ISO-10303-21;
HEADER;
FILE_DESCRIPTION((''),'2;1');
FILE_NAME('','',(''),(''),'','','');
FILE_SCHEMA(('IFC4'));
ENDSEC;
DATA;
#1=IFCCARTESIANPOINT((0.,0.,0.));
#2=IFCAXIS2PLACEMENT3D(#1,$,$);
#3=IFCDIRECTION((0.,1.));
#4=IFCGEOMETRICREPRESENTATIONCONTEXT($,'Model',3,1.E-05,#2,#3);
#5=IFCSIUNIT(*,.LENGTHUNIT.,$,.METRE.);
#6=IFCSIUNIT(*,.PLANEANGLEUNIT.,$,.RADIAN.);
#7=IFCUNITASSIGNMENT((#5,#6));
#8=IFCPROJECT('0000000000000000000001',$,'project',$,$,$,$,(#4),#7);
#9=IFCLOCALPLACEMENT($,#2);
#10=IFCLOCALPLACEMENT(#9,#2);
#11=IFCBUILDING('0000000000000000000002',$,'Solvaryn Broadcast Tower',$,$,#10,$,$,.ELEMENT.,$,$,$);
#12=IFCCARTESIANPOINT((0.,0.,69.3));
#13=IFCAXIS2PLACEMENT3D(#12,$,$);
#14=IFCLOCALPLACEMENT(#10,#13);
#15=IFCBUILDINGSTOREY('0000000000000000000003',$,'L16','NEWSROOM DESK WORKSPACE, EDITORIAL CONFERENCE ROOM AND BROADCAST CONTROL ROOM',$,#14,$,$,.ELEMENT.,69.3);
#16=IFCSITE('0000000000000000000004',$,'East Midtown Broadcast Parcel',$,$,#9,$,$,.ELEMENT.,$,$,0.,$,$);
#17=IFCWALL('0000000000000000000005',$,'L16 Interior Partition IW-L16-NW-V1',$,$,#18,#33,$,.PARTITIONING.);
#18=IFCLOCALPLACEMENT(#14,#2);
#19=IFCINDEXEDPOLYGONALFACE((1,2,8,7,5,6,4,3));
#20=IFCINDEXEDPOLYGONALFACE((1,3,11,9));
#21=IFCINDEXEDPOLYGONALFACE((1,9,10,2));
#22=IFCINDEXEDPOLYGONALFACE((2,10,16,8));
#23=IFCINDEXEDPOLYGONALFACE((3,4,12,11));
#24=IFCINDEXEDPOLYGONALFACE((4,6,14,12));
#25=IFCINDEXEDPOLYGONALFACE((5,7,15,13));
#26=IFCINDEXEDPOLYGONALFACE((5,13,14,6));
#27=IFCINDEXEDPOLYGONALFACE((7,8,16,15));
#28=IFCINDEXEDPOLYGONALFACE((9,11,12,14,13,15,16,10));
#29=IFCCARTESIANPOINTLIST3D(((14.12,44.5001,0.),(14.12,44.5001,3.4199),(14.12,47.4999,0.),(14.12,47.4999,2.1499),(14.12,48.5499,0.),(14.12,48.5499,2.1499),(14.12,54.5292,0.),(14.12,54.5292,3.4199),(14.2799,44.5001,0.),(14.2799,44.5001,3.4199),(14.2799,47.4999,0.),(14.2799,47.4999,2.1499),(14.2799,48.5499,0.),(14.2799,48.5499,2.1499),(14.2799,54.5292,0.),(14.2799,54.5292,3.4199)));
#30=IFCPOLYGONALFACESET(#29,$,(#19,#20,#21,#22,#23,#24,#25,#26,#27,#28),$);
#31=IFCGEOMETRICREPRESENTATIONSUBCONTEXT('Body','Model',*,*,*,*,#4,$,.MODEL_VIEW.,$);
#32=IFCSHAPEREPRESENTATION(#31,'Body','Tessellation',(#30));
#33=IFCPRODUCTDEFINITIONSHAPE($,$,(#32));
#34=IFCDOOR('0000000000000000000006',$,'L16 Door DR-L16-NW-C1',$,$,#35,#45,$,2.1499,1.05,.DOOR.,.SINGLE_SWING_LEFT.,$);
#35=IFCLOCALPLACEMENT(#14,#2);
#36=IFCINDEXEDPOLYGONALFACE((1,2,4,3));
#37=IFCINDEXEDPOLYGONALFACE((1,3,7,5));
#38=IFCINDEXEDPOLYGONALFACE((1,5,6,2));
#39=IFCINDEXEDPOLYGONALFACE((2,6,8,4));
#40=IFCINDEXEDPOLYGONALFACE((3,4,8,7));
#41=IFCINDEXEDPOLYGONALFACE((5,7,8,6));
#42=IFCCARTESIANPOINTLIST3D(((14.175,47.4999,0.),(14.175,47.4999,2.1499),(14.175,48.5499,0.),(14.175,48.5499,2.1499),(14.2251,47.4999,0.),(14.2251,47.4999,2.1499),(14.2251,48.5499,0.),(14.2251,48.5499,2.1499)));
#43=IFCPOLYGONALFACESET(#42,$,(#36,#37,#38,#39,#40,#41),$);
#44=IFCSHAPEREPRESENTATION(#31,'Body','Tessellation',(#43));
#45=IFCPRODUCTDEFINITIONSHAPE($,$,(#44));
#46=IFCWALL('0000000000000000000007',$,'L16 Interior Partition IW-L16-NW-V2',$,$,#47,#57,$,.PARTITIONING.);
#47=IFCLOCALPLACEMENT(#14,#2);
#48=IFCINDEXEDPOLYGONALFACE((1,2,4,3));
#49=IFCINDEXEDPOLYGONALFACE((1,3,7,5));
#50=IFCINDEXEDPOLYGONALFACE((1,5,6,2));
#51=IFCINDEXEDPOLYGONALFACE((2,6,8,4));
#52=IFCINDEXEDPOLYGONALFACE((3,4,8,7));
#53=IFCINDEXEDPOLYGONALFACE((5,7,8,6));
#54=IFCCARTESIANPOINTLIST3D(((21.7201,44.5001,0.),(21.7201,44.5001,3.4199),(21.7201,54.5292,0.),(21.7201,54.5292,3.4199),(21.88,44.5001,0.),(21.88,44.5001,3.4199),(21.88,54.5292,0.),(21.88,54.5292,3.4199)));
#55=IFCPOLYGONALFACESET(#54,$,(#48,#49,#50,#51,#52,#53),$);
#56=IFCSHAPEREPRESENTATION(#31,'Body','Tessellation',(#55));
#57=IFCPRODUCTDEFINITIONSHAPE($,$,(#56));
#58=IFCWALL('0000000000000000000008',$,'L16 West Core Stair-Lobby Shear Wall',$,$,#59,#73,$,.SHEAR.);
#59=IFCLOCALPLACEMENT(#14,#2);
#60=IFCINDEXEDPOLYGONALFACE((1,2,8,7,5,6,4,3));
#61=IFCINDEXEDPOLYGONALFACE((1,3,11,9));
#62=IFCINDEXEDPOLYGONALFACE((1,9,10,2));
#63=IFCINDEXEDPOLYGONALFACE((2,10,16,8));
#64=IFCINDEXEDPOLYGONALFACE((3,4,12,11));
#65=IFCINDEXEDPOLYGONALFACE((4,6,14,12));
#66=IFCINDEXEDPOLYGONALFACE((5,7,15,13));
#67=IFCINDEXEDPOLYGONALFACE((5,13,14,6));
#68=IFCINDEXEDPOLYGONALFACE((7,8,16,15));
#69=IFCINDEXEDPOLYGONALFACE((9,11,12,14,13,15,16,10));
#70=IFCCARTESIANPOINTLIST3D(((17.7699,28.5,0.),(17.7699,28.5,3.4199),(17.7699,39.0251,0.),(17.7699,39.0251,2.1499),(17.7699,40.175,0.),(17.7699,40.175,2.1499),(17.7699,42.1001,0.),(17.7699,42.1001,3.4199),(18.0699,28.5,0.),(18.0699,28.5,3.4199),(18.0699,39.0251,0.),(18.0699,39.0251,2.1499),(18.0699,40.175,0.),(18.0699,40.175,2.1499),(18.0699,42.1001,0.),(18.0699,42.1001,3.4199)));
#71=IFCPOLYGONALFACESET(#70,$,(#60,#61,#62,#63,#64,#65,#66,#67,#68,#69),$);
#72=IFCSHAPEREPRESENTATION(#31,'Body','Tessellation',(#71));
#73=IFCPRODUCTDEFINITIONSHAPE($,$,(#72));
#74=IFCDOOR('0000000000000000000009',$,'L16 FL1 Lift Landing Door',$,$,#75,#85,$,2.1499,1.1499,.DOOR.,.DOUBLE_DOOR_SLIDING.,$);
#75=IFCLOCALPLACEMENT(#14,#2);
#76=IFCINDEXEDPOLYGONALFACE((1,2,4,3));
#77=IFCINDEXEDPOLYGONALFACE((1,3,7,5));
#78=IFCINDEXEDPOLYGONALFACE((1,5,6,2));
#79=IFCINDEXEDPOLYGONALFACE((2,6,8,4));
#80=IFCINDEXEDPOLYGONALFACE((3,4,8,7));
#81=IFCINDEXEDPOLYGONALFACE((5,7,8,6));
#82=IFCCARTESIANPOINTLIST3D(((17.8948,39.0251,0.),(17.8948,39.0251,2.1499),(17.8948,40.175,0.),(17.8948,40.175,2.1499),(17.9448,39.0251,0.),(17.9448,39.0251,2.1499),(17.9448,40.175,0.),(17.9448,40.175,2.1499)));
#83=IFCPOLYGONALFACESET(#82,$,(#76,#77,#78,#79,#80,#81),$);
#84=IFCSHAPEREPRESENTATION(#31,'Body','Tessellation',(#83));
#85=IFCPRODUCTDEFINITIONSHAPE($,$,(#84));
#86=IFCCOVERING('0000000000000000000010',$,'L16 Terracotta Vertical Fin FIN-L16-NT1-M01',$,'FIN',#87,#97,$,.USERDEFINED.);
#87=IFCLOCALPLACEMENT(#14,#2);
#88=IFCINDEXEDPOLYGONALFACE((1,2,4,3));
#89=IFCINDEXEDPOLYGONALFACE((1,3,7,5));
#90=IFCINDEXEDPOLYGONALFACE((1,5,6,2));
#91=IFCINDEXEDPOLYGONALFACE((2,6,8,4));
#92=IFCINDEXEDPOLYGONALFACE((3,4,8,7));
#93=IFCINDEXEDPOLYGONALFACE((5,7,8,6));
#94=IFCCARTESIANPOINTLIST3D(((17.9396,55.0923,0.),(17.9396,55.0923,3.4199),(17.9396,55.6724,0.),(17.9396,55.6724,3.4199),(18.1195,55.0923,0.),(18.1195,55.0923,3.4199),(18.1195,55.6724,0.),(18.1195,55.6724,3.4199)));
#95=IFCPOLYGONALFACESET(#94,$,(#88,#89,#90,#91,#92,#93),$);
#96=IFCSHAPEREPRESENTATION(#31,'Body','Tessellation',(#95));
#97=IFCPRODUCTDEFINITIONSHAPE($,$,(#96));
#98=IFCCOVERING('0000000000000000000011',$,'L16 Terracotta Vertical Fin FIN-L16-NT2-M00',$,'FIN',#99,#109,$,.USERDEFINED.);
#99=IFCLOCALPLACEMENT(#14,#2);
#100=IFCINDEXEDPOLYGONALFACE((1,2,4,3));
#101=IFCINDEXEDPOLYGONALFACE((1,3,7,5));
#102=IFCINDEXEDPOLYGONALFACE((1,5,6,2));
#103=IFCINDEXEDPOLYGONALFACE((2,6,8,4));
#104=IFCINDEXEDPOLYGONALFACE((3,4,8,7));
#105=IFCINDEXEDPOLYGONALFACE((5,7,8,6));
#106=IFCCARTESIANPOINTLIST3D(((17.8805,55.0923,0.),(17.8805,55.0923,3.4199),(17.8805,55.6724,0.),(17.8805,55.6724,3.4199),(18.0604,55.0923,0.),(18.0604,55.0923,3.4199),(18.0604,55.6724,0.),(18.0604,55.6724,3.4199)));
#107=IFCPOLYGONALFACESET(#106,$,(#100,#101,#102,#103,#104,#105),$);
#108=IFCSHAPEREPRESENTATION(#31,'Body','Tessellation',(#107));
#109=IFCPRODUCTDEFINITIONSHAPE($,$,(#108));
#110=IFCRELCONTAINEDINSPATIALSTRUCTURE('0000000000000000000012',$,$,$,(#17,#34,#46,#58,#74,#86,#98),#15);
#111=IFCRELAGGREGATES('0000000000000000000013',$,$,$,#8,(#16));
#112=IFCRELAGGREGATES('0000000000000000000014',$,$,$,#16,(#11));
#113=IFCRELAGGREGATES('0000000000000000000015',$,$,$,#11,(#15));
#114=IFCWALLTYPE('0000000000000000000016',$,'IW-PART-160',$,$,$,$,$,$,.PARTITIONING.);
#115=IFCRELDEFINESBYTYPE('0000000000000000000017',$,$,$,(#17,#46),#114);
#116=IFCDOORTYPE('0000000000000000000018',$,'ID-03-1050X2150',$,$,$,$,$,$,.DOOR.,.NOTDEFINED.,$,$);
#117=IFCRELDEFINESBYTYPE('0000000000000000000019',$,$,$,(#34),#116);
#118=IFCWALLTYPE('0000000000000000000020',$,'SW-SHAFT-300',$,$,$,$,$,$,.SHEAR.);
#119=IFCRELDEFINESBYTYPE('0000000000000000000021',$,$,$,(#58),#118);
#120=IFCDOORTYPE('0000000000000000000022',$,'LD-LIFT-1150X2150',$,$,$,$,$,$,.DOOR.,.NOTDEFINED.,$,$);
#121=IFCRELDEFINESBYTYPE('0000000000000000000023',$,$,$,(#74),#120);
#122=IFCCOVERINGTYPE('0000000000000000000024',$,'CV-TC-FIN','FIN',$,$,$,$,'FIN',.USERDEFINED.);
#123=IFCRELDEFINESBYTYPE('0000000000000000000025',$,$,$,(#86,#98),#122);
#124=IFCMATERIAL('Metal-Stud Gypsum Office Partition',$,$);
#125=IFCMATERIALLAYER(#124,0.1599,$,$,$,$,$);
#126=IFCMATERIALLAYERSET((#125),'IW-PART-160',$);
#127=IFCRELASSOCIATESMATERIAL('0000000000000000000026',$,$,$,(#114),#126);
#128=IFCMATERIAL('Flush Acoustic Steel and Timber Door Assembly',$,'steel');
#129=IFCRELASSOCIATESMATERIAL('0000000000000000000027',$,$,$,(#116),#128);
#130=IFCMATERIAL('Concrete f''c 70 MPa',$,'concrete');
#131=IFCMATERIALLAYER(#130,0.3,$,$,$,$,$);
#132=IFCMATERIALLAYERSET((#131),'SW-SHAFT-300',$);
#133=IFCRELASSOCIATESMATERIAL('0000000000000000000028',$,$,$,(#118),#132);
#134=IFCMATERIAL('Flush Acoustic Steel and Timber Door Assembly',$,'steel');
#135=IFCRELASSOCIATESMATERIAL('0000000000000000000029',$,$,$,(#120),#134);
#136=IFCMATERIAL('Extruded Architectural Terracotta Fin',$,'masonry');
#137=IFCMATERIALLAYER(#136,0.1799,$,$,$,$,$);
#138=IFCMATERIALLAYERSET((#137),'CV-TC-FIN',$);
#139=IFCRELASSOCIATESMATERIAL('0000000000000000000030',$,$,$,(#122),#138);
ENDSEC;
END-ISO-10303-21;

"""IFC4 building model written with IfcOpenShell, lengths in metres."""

from ifc_helpers import new_model, si_unit, direction, frame, frame_2d, origin, origin_2d, place, context, subcontext, project, spatial, rectangle, extrude, material, layer, layer_set, type_object, element, fill, save


model = new_model("IFC4")

# Units and contexts
model_context = context("Model", 3, precision=1e-05, world=origin(), true_north=direction((0.0, 1.0)))
body_context = subcontext(model_context, "Body", "Model", "MODEL_VIEW")
ifc_project = project(units=[si_unit("LENGTHUNIT", "METRE"), si_unit("PLANEANGLEUNIT", "RADIAN")], contexts=[model_context])

# Site, building, storey
site_placement = place(None, origin())
site = spatial("IfcSite", under=ifc_project, at=site_placement, Name="East Midtown Broadcast Parcel", CompositionType="ELEMENT", RefElevation=0.0)
building_placement = place(site_placement, origin())
building = spatial("IfcBuilding", under=site, at=building_placement, Name="Solvaryn Broadcast Tower", CompositionType="ELEMENT")
storey_placement = place(building_placement, frame((0.0, 0.0, 69.3)))
storey = spatial("IfcBuildingStorey", under=building, at=storey_placement, Name="L16", Description="NEWSROOM DESK WORKSPACE, EDITORIAL CONFERENCE ROOM AND BROADCAST CONTROL ROOM", CompositionType="ELEMENT", Elevation=69.3)

# Shared definitions
ifc_material_1 = material(Name="Metal-Stud Gypsum Office Partition")
ifc_layer_1 = layer(ifc_material_1, 0.1599)
ifc_layer_set_1 = layer_set([ifc_layer_1], Name="IW-PART-160")
wall_type_1 = type_object("IfcWallType", Name="IW-PART-160", PredefinedType="PARTITIONING", material=ifc_layer_set_1)

# Wall, opening, door
wall_1_placement = place(storey_placement, frame((14.2, 44.5, 0.0), z_axis=(0.0, 0.0, 1.0), x_axis=(0.0, 1.0, 0.0)))
wall_1 = element("IfcWall", 1, at=wall_1_placement, inside=storey, type_object=wall_type_1, Name="L16 Interior Partition IW-L16-NW-V1", PredefinedType="PARTITIONING", context=body_context, shape_type="SweptSolid", body=[
    extrude(rectangle(XDim=10.0291, YDim=0.1599, at=frame_2d((5.0146, 0.0))), origin(), (0.0, 0.0, 1.0), 3.4199),
])
opening_1_placement = place(wall_1_placement, frame((3.0, 0.0, 0.0)))
opening_1 = element("IfcOpeningElement", 2, at=opening_1_placement, cuts=wall_1, PredefinedType="OPENING", context=body_context, shape_type="SweptSolid", body=[
    extrude(rectangle(XDim=1.05, YDim=2.1499, at=frame_2d((0.5249, 1.075))), frame((0.0, 0.0901, 0.0), z_axis=(0.0, -1.0, 0.0), x_axis=(1.0, 0.0, 0.0)), (0.0, 0.0, 1.0), 0.1799),
])
ifc_material_2 = material(Name="Flush Acoustic Steel and Timber Door Assembly", Category="steel")
door_type_1 = type_object("IfcDoorType", Name="ID-03-1050X2150", OperationType="NOTDEFINED", PredefinedType="DOOR", material=ifc_material_2)
door_1_placement = place(opening_1_placement, origin())
door_1 = element("IfcDoor", 3, at=door_1_placement, inside=storey, type_object=door_type_1, Name="L16 Door DR-L16-NW-C1", OperationType="SINGLE_SWING_LEFT", OverallHeight=2.1499, OverallWidth=1.05, PredefinedType="DOOR", context=body_context, shape_type="SweptSolid", body=[
    extrude(rectangle(XDim=1.05, YDim=2.1499, at=frame_2d((0.5249, 1.075))), frame((0.0, 0.0249, 0.0), z_axis=(0.0, -1.0, 0.0), x_axis=(1.0, 0.0, 0.0)), (0.0, 0.0, 1.0), 0.05),
])
fill(opening_1, door_1)

# Wall
wall_2_placement = place(storey_placement, frame((21.8, 44.5, 0.0), z_axis=(0.0, 0.0, 1.0), x_axis=(0.0, 1.0, 0.0)))
element("IfcWall", 4, at=wall_2_placement, inside=storey, type_object=wall_type_1, Name="L16 Interior Partition IW-L16-NW-V2", PredefinedType="PARTITIONING", context=body_context, shape_type="SweptSolid", body=[
    extrude(rectangle(XDim=10.0291, YDim=0.1599, at=frame_2d((5.0146, 0.0))), origin(), (0.0, 0.0, 1.0), 3.4199),
])

# Wall, opening, door
ifc_material_3 = material(Name="Concrete f'c 70 MPa", Category="concrete")
ifc_layer_2 = layer(ifc_material_3, 0.3)
ifc_layer_set_2 = layer_set([ifc_layer_2], Name="SW-SHAFT-300")
wall_type_2 = type_object("IfcWallType", Name="SW-SHAFT-300", PredefinedType="SHEAR", material=ifc_layer_set_2)
wall_3_placement = place(storey_placement, frame((17.9199, 42.1001, 0.0), z_axis=(0.0, 0.0, 1.0), x_axis=(0.0, -1.0, 0.0)))
wall_3 = element("IfcWall", 5, at=wall_3_placement, inside=storey, type_object=wall_type_2, Name="L16 West Core Stair-Lobby Shear Wall", PredefinedType="SHEAR", context=body_context, shape_type="SweptSolid", body=[
    extrude(rectangle(XDim=13.6001, YDim=0.3, at=frame_2d((6.8, 0.0))), origin(), (0.0, 0.0, 1.0), 3.4199),
])
opening_2_placement = place(wall_3_placement, frame((1.925, 0.0, 0.0)))
opening_2 = element("IfcOpeningElement", 6, at=opening_2_placement, cuts=wall_3, PredefinedType="OPENING", context=body_context, shape_type="SweptSolid", body=[
    extrude(rectangle(XDim=1.1499, YDim=2.1499, at=frame_2d((0.575, 1.075))), frame((0.0, 0.1599, 0.0), z_axis=(0.0, -1.0, 0.0), x_axis=(1.0, 0.0, 0.0)), (0.0, 0.0, 1.0), 0.3201),
])
ifc_material_4 = material(Name="Flush Acoustic Steel and Timber Door Assembly", Category="steel")
door_type_2 = type_object("IfcDoorType", Name="LD-LIFT-1150X2150", OperationType="NOTDEFINED", PredefinedType="DOOR", material=ifc_material_4)
door_2_placement = place(opening_2_placement, origin())
door_2 = element("IfcDoor", 7, at=door_2_placement, inside=storey, type_object=door_type_2, Name="L16 FL1 Lift Landing Door", OperationType="DOUBLE_DOOR_SLIDING", OverallHeight=2.1499, OverallWidth=1.1499, PredefinedType="DOOR", context=body_context, shape_type="SweptSolid", body=[
    extrude(rectangle(XDim=1.1499, YDim=2.1499, at=frame_2d((0.575, 1.075))), frame((0.0, 0.0249, 0.0), z_axis=(0.0, -1.0, 0.0), x_axis=(1.0, 0.0, 0.0)), (0.0, 0.0, 1.0), 0.05),
])
fill(opening_2, door_2)

# Coverings
ifc_material_5 = material(Name="Extruded Architectural Terracotta Fin", Category="masonry")
ifc_layer_3 = layer(ifc_material_5, 0.1799)
ifc_layer_set_3 = layer_set([ifc_layer_3], Name="CV-TC-FIN")
covering_type = type_object("IfcCoveringType", Name="CV-TC-FIN", Description="FIN", ElementType="FIN", PredefinedType="USERDEFINED", material=ifc_layer_set_3)
for number, where, z_axis, x_axis, name in (
    (8, (18.0295, 55.3823, 0.0), (0.0, 0.0, 1.0), (1.0, 0.0, 0.0), "L16 Terracotta Vertical Fin FIN-L16-NT1-M01"),
    (9, (17.9705, 55.3823, 0.0), (0.0, 0.0, 1.0), (1.0, 0.0, 0.0), "L16 Terracotta Vertical Fin FIN-L16-NT2-M00"),
):
    element("IfcCovering", number, at=place(storey_placement, frame(where, z_axis=z_axis, x_axis=x_axis)), inside=storey, type_object=covering_type, Name=name, ObjectType="FIN", PredefinedType="USERDEFINED", context=body_context, shape_type="SweptSolid", body=[
        extrude(rectangle(XDim=0.1799, YDim=0.5801, at=origin_2d()), origin(), (0.0, 0.0, 1.0), 3.4199),
    ])

save(model, "model.ifc")
